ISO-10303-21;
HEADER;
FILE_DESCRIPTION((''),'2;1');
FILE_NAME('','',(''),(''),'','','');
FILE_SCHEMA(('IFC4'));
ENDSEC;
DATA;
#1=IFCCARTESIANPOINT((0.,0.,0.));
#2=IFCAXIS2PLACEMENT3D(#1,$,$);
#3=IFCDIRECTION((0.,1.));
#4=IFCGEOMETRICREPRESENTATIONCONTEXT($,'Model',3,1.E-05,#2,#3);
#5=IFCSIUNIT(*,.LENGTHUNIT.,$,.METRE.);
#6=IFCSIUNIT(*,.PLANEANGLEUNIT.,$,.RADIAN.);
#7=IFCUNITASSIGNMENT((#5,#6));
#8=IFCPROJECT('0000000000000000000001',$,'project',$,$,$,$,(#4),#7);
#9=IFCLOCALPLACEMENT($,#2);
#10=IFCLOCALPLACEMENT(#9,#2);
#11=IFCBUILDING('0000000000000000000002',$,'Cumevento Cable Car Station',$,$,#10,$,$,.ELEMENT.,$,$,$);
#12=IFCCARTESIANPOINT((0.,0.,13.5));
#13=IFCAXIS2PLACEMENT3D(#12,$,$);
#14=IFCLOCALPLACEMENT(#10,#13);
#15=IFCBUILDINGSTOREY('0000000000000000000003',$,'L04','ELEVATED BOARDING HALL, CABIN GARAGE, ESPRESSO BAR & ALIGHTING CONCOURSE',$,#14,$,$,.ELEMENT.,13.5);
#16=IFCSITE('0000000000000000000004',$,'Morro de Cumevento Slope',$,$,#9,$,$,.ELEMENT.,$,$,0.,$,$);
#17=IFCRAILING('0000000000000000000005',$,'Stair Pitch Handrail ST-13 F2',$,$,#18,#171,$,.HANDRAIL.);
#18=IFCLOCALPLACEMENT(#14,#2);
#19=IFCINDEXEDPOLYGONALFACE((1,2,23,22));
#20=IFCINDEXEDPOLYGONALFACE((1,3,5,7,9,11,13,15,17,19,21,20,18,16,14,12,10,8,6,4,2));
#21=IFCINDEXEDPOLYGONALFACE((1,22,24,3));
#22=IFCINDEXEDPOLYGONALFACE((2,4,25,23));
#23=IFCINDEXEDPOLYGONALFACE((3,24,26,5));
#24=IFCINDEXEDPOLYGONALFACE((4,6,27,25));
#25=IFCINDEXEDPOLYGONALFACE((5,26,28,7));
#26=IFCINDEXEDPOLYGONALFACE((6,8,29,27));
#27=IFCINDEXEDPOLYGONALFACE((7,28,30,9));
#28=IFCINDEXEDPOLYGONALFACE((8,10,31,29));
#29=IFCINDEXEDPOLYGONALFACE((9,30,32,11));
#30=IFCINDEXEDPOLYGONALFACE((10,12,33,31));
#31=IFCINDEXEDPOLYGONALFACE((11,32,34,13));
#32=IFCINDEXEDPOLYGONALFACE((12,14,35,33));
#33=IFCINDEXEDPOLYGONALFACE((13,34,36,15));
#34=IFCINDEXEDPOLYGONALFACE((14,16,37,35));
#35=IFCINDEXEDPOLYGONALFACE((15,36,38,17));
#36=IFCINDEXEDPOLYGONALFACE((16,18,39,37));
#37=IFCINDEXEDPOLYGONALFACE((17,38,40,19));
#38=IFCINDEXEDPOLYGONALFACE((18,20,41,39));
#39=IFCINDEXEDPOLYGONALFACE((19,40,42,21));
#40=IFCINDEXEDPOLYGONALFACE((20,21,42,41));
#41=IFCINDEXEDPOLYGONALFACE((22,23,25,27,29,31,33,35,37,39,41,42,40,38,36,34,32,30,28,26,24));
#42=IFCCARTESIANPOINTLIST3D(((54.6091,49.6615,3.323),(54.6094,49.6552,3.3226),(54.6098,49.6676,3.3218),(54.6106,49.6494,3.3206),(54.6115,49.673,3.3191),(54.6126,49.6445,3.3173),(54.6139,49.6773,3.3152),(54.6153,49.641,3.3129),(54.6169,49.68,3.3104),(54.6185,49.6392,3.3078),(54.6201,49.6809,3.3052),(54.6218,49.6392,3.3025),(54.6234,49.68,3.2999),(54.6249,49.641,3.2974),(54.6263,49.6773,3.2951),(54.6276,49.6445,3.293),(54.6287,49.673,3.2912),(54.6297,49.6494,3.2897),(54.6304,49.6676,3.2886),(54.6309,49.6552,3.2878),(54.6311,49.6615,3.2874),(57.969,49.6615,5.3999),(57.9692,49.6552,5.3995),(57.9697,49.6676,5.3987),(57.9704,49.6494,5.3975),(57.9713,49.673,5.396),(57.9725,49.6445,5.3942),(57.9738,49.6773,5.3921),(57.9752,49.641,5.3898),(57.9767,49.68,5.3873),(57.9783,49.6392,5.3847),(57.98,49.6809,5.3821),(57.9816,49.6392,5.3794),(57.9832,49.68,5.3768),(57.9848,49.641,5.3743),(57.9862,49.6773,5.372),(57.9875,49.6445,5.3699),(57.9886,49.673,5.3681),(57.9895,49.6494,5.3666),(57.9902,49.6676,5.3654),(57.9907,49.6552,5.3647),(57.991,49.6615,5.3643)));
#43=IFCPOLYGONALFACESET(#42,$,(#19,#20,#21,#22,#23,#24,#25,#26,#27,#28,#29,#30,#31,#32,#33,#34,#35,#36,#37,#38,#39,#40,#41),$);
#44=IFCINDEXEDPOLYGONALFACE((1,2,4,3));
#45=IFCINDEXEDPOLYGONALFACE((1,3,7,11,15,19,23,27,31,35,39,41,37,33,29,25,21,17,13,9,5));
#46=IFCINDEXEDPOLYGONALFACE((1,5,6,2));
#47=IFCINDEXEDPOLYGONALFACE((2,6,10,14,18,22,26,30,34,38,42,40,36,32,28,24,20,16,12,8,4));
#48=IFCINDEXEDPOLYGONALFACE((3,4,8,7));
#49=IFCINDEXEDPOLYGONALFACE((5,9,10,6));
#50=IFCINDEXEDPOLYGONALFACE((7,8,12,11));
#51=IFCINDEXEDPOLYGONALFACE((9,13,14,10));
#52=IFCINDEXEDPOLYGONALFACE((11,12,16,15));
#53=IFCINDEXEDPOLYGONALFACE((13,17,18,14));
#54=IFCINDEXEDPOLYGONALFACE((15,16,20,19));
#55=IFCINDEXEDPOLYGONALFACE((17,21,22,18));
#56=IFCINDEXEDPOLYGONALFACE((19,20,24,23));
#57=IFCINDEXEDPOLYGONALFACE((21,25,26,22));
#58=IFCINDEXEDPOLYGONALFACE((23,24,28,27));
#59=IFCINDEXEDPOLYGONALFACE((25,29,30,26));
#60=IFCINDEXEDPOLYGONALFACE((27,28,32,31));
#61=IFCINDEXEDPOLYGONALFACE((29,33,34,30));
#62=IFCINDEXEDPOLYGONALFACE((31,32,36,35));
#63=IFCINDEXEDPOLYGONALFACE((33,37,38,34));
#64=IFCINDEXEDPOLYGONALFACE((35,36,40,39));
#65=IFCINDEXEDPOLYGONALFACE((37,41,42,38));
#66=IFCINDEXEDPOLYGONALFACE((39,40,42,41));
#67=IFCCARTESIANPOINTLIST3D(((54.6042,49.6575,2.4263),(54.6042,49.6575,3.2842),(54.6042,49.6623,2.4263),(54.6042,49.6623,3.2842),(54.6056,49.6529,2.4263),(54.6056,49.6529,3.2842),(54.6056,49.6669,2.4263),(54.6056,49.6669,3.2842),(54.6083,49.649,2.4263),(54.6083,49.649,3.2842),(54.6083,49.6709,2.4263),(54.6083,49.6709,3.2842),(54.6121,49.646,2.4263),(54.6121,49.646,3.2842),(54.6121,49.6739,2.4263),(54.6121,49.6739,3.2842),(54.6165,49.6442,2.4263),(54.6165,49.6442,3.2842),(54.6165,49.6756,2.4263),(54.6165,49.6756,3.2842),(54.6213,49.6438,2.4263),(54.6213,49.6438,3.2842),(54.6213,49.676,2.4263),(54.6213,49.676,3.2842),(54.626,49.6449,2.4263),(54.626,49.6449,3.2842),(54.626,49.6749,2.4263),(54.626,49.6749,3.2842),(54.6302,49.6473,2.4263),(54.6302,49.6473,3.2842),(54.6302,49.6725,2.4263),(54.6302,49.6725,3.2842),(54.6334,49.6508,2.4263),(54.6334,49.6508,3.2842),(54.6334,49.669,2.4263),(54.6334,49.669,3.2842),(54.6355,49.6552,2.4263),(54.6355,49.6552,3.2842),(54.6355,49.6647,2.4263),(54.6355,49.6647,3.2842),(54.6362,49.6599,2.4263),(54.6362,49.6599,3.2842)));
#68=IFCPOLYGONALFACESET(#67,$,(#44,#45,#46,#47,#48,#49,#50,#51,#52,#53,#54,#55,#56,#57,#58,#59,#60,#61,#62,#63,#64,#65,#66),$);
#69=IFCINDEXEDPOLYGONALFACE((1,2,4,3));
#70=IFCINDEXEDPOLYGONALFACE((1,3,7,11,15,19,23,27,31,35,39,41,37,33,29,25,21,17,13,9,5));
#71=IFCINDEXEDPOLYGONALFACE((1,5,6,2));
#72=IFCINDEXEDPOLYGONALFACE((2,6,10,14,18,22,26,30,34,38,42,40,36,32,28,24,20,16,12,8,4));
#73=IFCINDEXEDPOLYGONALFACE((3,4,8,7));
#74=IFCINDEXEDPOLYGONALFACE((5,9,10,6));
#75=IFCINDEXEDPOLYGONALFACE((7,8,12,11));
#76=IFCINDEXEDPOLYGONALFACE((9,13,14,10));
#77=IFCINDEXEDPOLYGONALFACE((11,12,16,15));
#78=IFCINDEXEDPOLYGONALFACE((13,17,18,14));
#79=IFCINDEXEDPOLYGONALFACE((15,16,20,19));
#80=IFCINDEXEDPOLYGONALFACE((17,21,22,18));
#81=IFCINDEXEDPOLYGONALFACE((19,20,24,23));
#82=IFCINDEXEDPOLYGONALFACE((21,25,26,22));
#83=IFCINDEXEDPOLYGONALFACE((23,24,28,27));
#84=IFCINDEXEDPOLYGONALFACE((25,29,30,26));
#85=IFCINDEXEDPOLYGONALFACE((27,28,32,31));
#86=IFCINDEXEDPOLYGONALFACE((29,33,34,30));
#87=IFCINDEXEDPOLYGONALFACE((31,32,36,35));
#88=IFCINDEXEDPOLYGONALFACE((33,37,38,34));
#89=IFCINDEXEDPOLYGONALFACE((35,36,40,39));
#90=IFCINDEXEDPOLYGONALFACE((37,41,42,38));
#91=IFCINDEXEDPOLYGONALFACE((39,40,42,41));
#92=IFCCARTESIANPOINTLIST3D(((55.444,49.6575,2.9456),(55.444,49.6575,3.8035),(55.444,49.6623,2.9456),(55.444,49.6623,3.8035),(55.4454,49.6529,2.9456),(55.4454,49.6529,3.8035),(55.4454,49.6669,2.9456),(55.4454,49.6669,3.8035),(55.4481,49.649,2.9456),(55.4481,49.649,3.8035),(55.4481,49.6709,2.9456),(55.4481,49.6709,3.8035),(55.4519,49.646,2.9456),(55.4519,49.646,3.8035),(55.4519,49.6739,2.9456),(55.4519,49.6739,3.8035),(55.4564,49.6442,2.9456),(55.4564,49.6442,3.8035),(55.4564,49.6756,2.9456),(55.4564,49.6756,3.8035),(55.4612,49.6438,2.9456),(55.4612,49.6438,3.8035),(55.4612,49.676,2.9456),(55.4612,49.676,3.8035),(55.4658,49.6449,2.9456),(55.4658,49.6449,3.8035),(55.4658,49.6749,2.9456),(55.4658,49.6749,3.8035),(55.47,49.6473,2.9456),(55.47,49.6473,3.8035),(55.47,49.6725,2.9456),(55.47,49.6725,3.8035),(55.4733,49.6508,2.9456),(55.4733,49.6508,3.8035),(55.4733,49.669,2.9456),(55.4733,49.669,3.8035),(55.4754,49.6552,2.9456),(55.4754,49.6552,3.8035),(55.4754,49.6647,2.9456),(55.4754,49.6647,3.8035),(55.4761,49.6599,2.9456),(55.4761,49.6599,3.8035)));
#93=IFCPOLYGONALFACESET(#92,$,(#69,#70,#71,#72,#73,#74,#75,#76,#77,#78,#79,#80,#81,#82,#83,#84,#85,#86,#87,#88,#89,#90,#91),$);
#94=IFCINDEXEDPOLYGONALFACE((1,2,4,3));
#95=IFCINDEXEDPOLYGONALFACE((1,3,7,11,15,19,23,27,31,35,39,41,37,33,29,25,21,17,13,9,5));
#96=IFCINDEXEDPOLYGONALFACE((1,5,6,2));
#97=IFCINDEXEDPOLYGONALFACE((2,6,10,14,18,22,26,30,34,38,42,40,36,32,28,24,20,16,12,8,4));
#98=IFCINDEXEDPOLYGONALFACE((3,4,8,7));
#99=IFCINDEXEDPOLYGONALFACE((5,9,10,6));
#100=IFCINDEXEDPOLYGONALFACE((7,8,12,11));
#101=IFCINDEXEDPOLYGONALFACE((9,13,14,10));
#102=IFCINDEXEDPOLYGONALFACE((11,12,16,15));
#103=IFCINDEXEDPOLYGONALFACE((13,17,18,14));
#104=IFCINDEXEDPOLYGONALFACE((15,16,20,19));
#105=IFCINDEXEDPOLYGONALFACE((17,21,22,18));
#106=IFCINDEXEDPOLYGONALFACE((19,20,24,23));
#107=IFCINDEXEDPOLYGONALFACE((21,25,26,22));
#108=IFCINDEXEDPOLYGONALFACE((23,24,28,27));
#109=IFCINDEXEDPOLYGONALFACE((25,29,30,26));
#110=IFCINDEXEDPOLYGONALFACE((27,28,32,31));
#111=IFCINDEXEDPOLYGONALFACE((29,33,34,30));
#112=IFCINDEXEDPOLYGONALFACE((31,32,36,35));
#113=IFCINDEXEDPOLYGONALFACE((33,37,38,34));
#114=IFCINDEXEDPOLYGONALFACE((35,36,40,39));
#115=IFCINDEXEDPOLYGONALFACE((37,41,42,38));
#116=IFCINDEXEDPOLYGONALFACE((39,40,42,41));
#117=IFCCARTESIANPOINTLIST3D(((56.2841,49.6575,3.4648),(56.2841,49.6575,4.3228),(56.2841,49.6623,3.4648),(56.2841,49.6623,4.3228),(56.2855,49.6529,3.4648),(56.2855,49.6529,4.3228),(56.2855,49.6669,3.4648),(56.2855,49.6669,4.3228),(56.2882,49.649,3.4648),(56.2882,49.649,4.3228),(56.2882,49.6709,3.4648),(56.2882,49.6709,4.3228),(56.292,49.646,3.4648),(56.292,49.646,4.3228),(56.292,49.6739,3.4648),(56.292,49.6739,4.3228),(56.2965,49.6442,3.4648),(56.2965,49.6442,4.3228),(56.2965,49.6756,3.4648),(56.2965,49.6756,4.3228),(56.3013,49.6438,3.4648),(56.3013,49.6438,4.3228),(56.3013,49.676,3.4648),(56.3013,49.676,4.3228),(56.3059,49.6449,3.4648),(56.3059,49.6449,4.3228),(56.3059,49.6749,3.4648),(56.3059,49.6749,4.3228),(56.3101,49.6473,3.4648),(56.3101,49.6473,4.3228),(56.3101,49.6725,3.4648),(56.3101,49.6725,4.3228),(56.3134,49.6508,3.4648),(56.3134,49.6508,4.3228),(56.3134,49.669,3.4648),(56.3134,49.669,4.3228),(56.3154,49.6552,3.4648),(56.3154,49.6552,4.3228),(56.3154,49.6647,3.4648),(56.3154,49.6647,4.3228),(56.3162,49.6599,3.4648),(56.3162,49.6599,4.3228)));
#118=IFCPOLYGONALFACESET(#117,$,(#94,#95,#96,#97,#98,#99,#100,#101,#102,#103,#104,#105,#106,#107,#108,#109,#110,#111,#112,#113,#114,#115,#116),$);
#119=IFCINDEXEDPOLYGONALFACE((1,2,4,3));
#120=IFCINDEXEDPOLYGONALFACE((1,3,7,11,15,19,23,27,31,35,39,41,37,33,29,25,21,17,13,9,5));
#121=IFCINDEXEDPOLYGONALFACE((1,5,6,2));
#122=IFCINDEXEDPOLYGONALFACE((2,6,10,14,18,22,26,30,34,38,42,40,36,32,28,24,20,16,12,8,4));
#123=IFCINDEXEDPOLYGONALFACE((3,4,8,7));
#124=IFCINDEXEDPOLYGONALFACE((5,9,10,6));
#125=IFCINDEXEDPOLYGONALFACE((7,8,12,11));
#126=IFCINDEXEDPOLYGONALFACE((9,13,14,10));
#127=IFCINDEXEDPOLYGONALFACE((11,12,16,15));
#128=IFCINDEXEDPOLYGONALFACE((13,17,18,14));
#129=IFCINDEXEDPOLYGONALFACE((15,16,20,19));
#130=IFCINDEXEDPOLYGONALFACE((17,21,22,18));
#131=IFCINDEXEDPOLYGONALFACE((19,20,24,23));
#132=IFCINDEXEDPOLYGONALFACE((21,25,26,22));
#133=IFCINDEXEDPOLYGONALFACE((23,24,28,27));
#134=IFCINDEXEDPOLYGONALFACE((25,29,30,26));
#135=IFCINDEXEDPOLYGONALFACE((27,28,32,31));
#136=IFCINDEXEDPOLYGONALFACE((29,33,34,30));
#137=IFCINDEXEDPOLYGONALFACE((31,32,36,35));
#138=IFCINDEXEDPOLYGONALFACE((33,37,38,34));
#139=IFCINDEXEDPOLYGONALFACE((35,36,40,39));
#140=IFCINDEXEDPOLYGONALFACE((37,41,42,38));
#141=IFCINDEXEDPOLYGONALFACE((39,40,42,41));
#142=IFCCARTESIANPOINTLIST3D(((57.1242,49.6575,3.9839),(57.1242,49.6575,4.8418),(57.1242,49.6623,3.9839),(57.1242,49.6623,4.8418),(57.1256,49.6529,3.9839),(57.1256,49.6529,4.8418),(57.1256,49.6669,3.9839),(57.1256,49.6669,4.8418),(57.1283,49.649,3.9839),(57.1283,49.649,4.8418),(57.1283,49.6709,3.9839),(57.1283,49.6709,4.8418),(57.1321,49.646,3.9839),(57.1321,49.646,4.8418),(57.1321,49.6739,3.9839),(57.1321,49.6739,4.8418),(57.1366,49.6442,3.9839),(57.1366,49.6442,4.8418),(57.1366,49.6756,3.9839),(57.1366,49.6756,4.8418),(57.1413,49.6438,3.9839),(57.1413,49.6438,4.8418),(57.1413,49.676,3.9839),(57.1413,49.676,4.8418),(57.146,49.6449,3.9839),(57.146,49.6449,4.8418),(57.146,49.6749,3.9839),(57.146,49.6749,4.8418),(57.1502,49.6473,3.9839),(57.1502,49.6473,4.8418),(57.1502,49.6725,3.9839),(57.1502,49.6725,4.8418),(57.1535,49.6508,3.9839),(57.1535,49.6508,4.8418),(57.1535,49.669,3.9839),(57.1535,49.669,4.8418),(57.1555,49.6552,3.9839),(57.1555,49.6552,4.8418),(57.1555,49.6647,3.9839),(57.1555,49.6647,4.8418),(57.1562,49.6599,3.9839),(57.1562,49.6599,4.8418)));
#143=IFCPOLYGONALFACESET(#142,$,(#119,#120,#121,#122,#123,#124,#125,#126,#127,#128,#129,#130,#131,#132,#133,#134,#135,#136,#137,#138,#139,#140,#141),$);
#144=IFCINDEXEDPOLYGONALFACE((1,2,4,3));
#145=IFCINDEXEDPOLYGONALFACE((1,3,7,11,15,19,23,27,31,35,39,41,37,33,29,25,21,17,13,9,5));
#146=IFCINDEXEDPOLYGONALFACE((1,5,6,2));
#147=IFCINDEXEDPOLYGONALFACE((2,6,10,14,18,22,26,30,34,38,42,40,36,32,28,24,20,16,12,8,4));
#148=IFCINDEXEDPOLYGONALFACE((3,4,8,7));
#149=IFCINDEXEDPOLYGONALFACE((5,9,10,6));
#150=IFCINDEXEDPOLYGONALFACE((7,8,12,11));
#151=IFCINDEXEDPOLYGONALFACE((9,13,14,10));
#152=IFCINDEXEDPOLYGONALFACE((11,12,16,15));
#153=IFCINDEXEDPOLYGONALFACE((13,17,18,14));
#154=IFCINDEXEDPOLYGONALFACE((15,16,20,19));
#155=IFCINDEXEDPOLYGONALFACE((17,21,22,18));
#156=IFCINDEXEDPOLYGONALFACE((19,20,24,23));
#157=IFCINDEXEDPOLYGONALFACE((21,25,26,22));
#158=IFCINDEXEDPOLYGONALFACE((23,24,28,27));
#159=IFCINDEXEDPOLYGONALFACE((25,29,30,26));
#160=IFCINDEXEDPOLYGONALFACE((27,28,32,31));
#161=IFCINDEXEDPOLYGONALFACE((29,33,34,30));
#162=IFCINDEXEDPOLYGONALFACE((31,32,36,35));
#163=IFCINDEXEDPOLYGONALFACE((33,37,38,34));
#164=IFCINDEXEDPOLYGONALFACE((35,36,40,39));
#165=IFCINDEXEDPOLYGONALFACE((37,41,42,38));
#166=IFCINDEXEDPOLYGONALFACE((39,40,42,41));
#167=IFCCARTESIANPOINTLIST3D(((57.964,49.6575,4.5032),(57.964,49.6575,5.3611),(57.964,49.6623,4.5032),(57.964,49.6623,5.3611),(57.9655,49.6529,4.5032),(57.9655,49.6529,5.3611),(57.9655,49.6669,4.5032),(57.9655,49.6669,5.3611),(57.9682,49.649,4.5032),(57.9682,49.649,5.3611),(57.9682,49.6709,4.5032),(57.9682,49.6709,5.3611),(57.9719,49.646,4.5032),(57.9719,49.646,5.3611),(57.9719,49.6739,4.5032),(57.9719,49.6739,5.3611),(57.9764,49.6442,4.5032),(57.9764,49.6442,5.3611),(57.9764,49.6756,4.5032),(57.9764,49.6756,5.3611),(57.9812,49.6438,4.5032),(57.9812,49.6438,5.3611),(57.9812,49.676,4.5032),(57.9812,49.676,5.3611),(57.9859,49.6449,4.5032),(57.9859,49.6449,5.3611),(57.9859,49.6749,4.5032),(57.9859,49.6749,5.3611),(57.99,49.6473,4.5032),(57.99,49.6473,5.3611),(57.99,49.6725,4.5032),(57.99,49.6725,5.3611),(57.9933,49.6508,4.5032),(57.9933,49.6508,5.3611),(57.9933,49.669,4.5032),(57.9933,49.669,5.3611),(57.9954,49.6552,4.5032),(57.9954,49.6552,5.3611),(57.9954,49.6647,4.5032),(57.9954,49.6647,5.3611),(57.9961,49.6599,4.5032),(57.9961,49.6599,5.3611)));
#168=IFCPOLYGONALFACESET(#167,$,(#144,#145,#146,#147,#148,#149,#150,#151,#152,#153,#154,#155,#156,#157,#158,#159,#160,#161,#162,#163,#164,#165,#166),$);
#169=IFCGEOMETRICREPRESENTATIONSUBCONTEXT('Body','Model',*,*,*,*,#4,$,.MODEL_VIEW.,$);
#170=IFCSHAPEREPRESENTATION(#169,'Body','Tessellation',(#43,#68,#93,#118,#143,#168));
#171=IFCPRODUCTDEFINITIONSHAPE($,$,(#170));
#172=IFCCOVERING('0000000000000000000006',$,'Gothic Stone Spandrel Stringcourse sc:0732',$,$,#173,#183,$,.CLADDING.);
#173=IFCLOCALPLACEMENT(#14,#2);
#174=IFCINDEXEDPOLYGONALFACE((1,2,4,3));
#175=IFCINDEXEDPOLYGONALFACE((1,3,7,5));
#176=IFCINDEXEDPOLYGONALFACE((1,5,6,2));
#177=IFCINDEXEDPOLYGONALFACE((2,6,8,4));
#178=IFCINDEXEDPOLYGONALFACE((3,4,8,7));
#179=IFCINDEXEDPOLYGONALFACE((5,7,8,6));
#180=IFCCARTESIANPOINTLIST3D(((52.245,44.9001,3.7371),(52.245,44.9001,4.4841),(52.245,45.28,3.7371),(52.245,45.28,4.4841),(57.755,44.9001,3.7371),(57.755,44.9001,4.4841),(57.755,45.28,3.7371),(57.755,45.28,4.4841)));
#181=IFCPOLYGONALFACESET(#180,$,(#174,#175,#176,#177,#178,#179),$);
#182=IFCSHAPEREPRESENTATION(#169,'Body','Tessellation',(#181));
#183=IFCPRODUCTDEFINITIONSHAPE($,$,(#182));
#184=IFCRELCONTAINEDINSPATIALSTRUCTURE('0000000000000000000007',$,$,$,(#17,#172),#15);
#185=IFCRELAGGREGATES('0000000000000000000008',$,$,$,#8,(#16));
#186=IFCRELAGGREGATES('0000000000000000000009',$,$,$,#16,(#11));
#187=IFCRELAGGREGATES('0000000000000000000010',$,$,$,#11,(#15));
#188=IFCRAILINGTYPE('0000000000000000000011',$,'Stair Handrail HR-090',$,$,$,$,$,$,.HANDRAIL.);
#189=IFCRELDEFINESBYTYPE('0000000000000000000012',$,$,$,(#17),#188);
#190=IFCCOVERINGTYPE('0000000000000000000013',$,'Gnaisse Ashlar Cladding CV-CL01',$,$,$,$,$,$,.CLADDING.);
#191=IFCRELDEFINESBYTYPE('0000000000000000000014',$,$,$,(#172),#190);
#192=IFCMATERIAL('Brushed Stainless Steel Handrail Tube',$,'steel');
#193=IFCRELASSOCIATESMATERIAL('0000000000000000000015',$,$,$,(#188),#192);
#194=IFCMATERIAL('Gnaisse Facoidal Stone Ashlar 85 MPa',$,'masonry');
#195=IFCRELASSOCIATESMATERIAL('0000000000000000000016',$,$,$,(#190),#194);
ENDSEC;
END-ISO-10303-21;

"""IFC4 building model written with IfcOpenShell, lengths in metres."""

from ifc_helpers import new_model, si_unit, direction, frame, origin, origin_2d, place, context, subcontext, project, spatial, rectangle, circle, extrude, material, type_object, element, save


model = new_model("IFC4")

# Units and contexts
model_context = context("Model", 3, precision=1e-05, world=origin(), true_north=direction((0.0, 1.0)))
body_context = subcontext(model_context, "Body", "Model", "MODEL_VIEW")
ifc_project = project(units=[si_unit("LENGTHUNIT", "METRE"), si_unit("PLANEANGLEUNIT", "RADIAN")], contexts=[model_context])

# Site, building, storey
site_placement = place(None, origin())
site = spatial("IfcSite", under=ifc_project, at=site_placement, Name="Morro de Cumevento Slope", CompositionType="ELEMENT", RefElevation=0.0)
building_placement = place(site_placement, origin())
building = spatial("IfcBuilding", under=site, at=building_placement, Name="Cumevento Cable Car Station", CompositionType="ELEMENT")
storey_placement = place(building_placement, frame((0.0, 0.0, 13.5)))
storey = spatial("IfcBuildingStorey", under=building, at=storey_placement, Name="L04", Description="ELEVATED BOARDING HALL, CABIN GARAGE, ESPRESSO BAR & ALIGHTING CONCOURSE", CompositionType="ELEMENT", Elevation=13.5)

# Railing
ifc_material_1 = material(Name="Brushed Stainless Steel Handrail Tube", Category="steel")
railing_type_1 = type_object("IfcRailingType", Name="Stair Handrail HR-090", PredefinedType="HANDRAIL", material=ifc_material_1)
railing_1_placement = place(storey_placement, frame((54.6201, 49.6599, 2.4263)))
element("IfcRailing", 1, at=railing_1_placement, inside=storey, type_object=railing_type_1, Name="Stair Pitch Handrail ST-13 F2", PredefinedType="HANDRAIL", context=body_context, shape_type="SweptSolid", body=[
    extrude(circle(Radius=0.021, at=origin_2d()), frame((0.0, 0.0, 0.8789), z_axis=(0.850606, 0.0, 0.525803), x_axis=(0.0, 1.0, 0.0)), (0.0, 0.0, 1.0), 3.95),
    extrude(circle(Radius=0.0161, at=origin_2d()), origin(), (0.0, 0.0, 1.0), 0.8579),
    extrude(circle(Radius=0.0161, at=origin_2d()), frame((0.8398, 0.0, 0.5193)), (0.0, 0.0, 1.0), 0.8579),
    extrude(circle(Radius=0.0161, at=origin_2d()), frame((1.6799, 0.0, 1.0386)), (0.0, 0.0, 1.0), 0.8579),
    extrude(circle(Radius=0.0161, at=origin_2d()), frame((2.52, 0.0, 1.5576)), (0.0, 0.0, 1.0), 0.8579),
    extrude(circle(Radius=0.0161, at=origin_2d()), frame((3.3599, 0.0, 2.0769)), (0.0, 0.0, 1.0), 0.8579),
])

# Covering
ifc_material_2 = material(Name="Gnaisse Facoidal Stone Ashlar 85 MPa", Category="masonry")
covering_type = type_object("IfcCoveringType", Name="Gnaisse Ashlar Cladding CV-CL01", PredefinedType="CLADDING", material=ifc_material_2)
covering_placement = place(storey_placement, frame((55.0, 45.0901, 3.7371), z_axis=(0.0, 0.0, 1.0), x_axis=(-1.0, 0.0, 0.0)))
element("IfcCovering", 2, at=covering_placement, inside=storey, type_object=covering_type, Name="Gothic Stone Spandrel Stringcourse sc:0732", PredefinedType="CLADDING", context=body_context, shape_type="SweptSolid", body=[
    extrude(rectangle(XDim=5.51, YDim=0.3799, at=origin_2d()), origin(), (0.0, 0.0, 1.0), 0.7471),
])

save(model, "model.ifc")
